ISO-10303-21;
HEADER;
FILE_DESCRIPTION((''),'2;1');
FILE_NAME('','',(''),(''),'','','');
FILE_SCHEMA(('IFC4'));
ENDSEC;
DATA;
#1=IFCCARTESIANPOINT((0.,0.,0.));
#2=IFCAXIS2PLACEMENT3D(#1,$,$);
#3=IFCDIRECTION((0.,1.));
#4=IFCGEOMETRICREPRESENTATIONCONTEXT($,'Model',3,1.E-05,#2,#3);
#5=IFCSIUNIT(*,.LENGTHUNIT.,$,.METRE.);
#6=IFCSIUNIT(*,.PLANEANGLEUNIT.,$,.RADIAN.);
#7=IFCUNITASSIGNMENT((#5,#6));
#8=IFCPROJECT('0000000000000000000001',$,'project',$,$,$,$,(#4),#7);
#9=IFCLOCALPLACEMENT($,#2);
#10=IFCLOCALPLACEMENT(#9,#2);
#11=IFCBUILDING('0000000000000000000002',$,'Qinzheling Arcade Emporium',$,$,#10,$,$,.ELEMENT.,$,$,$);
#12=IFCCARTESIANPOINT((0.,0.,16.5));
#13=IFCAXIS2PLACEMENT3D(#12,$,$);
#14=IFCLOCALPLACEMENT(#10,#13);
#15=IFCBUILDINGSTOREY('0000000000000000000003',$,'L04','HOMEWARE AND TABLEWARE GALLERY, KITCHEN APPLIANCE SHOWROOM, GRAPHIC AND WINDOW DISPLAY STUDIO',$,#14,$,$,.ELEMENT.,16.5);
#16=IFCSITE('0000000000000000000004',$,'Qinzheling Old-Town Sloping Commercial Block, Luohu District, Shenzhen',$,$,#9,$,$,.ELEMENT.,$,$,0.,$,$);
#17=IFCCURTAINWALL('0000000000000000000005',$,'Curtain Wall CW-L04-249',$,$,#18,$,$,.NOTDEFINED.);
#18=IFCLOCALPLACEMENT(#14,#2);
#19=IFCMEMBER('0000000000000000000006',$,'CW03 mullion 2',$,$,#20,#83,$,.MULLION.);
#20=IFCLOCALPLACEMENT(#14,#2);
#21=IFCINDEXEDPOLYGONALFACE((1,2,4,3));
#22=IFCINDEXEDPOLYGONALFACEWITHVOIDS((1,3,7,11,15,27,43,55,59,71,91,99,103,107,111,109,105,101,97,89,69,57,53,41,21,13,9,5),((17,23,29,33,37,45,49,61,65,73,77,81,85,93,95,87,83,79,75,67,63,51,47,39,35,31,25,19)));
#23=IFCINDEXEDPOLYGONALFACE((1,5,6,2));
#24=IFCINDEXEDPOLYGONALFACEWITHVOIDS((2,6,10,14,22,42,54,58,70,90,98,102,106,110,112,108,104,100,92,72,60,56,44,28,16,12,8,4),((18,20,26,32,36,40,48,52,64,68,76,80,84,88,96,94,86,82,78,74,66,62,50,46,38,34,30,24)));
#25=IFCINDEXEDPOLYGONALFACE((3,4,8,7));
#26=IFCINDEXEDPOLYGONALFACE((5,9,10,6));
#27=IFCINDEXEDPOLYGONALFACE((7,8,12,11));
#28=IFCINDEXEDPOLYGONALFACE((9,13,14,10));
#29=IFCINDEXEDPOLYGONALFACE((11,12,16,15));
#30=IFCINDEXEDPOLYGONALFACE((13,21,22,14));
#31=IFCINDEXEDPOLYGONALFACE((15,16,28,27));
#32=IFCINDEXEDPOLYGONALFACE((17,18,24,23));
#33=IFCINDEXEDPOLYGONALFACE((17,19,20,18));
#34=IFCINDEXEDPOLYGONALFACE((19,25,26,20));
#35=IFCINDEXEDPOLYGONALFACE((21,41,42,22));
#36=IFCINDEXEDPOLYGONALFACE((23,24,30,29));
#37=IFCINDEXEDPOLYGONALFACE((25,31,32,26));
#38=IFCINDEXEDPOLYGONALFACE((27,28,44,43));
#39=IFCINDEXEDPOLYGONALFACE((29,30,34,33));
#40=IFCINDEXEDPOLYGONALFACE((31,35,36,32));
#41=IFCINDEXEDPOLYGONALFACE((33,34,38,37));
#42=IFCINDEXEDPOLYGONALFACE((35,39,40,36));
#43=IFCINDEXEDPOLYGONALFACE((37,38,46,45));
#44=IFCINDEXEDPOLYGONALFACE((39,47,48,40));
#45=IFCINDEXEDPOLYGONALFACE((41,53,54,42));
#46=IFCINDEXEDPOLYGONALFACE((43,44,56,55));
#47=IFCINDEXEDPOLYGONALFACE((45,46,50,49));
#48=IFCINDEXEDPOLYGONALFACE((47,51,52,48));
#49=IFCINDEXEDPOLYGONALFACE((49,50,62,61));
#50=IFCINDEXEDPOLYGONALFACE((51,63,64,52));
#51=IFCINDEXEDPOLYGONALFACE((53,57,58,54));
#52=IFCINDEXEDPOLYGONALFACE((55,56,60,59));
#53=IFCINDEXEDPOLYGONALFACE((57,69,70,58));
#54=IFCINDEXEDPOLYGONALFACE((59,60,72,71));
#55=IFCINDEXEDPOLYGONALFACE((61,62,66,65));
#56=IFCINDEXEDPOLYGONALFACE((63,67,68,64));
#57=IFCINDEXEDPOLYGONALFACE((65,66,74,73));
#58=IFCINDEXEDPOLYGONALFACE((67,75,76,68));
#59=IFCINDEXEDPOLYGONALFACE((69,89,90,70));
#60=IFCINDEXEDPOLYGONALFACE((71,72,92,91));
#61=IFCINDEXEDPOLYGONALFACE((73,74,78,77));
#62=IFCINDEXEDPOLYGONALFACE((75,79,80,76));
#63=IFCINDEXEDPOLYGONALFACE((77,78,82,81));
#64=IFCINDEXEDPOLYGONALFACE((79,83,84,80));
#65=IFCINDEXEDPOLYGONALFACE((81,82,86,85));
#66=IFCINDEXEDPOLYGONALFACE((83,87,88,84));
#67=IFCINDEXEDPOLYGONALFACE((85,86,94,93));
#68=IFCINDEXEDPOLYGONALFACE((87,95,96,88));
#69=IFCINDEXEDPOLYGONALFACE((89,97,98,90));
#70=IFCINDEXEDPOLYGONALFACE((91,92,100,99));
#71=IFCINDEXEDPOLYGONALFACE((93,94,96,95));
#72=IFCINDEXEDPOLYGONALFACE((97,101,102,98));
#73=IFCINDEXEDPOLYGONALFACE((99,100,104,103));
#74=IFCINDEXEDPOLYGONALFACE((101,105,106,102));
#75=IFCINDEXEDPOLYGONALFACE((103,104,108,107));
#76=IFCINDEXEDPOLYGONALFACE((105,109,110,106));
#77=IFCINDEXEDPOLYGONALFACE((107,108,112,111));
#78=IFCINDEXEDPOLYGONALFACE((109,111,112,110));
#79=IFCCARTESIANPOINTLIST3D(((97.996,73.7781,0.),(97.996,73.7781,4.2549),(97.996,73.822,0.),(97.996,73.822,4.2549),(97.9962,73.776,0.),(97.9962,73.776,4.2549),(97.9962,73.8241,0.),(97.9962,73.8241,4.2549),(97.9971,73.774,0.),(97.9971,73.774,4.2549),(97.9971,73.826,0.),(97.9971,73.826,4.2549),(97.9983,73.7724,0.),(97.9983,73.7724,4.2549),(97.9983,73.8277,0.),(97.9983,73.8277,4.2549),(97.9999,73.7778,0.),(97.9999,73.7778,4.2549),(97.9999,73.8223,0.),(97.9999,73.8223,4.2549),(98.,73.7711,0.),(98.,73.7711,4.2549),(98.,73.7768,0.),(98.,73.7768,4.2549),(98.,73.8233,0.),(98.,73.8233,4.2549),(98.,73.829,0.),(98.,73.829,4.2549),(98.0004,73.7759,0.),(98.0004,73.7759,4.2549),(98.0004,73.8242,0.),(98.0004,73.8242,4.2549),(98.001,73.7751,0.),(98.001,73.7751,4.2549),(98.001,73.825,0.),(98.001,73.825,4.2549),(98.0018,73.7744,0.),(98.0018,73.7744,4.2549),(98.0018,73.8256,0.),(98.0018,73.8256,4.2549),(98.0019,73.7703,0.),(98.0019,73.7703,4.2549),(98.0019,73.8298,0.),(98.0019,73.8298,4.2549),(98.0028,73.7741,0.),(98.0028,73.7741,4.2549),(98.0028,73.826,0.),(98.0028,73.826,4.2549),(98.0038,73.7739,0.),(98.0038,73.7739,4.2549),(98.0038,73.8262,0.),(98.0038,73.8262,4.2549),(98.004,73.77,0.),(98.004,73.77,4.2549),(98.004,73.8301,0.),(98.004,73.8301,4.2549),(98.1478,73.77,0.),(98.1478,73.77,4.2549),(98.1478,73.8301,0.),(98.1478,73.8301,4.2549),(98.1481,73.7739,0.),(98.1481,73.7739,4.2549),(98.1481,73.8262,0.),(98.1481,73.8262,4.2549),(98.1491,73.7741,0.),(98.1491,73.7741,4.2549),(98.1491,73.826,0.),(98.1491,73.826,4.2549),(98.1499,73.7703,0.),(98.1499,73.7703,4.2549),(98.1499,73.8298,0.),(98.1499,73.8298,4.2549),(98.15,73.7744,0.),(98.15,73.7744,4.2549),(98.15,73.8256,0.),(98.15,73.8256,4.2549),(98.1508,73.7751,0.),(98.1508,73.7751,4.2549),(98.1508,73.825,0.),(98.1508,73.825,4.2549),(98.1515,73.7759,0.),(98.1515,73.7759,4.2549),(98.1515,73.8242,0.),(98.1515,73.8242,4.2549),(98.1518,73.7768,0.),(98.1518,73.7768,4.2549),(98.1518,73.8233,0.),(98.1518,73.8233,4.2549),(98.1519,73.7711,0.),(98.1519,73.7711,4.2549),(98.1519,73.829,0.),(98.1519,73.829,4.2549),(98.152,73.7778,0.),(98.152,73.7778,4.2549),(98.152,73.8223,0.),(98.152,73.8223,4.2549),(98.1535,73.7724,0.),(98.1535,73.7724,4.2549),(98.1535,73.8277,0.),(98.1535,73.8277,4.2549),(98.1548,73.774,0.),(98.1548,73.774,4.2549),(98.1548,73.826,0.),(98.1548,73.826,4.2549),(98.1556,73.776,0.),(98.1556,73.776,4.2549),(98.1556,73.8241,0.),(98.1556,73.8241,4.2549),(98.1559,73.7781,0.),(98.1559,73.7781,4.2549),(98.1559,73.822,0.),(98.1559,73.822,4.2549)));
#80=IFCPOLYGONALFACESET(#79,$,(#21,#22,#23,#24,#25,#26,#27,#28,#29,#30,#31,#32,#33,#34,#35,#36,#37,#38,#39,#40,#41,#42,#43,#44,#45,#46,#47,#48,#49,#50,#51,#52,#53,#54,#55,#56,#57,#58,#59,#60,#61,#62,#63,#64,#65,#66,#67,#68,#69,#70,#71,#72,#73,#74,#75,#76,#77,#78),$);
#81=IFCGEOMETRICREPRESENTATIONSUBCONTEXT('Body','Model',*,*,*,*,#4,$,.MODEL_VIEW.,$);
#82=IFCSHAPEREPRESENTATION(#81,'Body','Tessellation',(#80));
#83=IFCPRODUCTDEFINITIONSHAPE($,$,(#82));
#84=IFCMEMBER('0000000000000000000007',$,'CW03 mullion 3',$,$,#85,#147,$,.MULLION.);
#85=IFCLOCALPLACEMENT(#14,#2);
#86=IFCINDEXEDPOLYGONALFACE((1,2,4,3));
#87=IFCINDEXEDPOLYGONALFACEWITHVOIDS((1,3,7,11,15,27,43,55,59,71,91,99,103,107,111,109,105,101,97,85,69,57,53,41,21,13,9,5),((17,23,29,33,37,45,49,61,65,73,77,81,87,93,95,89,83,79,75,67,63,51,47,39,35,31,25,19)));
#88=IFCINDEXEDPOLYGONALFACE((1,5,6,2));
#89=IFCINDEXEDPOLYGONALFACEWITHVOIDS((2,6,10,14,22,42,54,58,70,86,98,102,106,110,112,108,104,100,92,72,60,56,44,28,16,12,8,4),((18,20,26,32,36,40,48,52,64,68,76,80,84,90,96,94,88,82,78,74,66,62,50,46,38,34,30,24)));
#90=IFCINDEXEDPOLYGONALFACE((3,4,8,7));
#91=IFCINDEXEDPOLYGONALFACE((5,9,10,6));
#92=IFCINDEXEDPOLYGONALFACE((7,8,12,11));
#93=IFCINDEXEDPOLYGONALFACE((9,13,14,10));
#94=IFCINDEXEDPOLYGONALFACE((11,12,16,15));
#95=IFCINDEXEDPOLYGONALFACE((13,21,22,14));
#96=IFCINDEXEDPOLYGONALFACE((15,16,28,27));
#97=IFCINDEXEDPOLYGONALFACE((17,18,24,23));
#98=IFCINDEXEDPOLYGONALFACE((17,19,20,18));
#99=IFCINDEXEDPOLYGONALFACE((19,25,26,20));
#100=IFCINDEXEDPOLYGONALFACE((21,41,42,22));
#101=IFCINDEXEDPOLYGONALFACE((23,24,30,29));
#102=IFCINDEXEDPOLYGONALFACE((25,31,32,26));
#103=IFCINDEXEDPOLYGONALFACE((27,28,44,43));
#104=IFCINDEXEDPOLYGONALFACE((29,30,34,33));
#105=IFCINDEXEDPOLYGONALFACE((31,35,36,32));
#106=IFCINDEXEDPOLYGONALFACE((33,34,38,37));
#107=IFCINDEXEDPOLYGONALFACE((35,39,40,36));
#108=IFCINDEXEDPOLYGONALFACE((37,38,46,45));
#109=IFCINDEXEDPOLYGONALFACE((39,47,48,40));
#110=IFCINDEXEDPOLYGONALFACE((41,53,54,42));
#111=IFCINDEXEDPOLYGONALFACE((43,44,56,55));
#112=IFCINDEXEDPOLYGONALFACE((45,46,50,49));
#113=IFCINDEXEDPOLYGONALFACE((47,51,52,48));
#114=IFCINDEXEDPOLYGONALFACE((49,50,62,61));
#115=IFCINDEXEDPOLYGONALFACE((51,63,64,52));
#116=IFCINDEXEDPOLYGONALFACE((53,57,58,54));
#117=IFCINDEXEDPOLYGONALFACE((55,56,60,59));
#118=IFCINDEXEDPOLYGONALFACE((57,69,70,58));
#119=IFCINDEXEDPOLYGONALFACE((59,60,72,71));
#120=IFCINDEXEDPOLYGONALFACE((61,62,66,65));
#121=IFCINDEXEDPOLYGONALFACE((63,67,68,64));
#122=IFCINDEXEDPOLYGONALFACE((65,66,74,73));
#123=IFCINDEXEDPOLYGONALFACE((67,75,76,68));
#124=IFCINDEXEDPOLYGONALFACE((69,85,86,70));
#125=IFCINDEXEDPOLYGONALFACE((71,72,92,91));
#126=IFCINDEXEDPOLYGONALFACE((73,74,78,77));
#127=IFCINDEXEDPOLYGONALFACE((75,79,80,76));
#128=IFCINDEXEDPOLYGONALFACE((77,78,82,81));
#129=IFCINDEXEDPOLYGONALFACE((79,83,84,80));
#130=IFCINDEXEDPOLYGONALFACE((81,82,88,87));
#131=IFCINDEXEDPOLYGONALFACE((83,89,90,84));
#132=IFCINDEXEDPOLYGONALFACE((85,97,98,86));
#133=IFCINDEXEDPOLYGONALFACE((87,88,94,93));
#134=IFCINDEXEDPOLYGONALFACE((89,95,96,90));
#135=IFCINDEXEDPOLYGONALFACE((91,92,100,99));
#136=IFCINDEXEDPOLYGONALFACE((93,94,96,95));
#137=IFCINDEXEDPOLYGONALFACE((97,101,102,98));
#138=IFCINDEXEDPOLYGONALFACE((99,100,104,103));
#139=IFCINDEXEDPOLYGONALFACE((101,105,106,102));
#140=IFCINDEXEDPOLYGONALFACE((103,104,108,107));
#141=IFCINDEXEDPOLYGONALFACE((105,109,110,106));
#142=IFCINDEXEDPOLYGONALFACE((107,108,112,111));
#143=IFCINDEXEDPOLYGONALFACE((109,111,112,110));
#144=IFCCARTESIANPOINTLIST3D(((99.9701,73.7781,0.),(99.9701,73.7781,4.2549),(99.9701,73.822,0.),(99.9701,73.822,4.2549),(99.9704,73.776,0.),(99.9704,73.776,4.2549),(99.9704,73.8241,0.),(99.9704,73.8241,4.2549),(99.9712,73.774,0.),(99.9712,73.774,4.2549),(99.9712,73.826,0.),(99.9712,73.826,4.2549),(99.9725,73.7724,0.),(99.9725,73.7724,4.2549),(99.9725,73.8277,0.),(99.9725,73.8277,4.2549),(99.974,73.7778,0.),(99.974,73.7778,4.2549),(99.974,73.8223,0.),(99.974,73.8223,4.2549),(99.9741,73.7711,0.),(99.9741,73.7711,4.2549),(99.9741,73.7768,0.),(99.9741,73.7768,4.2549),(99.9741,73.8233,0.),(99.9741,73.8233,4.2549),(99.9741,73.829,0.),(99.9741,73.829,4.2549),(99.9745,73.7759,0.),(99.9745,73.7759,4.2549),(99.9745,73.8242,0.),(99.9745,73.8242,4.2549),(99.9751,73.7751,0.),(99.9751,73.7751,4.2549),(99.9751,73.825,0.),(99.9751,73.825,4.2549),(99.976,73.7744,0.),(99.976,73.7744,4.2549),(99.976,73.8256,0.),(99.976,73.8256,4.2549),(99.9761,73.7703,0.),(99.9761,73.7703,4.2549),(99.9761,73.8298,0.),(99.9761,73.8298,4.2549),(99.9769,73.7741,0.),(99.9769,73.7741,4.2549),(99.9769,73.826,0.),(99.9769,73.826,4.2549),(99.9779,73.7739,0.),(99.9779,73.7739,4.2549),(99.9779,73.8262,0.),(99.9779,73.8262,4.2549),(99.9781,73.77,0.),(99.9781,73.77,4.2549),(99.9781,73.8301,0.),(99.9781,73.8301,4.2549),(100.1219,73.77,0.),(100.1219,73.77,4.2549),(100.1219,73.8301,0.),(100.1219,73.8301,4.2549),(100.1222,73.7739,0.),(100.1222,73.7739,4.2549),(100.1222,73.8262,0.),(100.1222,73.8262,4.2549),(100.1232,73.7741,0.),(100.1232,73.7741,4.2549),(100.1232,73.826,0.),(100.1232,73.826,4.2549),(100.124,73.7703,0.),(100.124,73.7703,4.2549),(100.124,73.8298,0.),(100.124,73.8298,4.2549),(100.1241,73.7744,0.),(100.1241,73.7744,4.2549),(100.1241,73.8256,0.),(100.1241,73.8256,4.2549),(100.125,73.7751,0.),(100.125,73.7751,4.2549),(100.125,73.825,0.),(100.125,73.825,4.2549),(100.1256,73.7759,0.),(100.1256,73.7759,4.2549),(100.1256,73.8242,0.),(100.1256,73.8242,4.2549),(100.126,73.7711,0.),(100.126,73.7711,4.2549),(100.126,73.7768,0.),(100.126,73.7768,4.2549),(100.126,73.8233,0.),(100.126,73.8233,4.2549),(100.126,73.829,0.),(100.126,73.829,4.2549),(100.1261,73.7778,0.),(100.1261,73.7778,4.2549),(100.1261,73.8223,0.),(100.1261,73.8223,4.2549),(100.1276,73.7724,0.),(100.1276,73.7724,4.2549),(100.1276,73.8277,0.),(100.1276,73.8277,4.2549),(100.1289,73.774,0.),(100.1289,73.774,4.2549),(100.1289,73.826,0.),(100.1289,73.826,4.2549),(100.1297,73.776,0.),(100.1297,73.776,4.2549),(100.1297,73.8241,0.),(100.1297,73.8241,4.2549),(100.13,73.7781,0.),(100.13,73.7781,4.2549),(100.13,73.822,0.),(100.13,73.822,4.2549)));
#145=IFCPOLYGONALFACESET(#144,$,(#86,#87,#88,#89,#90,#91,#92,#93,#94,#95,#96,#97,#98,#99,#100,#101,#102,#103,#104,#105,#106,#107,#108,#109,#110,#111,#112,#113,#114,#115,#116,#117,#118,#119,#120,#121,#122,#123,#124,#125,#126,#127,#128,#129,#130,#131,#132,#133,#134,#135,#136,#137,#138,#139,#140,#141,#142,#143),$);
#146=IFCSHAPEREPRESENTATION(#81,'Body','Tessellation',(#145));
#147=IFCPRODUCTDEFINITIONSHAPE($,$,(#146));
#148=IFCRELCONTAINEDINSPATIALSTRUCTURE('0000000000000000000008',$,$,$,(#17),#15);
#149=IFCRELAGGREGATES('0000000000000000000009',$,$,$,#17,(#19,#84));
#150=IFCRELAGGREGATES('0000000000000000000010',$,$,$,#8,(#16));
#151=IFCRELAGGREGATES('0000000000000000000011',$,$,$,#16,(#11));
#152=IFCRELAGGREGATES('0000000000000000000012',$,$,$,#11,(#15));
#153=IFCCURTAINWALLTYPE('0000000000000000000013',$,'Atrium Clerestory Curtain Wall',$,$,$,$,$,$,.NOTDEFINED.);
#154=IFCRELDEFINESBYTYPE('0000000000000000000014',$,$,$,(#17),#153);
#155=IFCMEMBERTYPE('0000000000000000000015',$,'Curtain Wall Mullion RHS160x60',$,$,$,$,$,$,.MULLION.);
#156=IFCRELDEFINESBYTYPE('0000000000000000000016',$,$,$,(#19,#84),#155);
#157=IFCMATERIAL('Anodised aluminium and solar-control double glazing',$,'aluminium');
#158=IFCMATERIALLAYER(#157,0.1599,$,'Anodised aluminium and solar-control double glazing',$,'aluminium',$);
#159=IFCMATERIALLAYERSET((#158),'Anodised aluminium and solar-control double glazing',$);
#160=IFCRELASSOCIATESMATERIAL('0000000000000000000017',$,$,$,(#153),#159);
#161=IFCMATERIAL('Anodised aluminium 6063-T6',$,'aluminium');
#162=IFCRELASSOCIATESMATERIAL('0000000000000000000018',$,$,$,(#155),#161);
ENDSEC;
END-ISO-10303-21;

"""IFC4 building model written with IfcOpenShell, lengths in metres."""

from ifc_helpers import new_model, si_unit, direction, frame, origin, origin_2d, place, context, subcontext, project, spatial, hollow_rectangle, extrude, material, layer, layer_set, material_profile, profile_set, type_object, element, aggregate, save


model = new_model("IFC4")

# Units and contexts
model_context = context("Model", 3, precision=1e-05, world=origin(), true_north=direction((0.0, 1.0)))
body_context = subcontext(model_context, "Body", "Model", "MODEL_VIEW")
ifc_project = project(units=[si_unit("LENGTHUNIT", "METRE"), si_unit("PLANEANGLEUNIT", "RADIAN")], contexts=[model_context])

# Site, building, storey
site_placement = place(None, origin())
site = spatial("IfcSite", under=ifc_project, at=site_placement, Name="Qinzheling Old-Town Sloping Commercial Block, Luohu District, Shenzhen", CompositionType="ELEMENT", RefElevation=0.0)
building_placement = place(site_placement, origin())
building = spatial("IfcBuilding", under=site, at=building_placement, Name="Qinzheling Arcade Emporium", CompositionType="ELEMENT")
storey_placement = place(building_placement, frame((0.0, 0.0, 16.5)))
storey = spatial("IfcBuildingStorey", under=building, at=storey_placement, Name="L04", Description="HOMEWARE AND TABLEWARE GALLERY, KITCHEN APPLIANCE SHOWROOM, GRAPHIC AND WINDOW DISPLAY STUDIO", CompositionType="ELEMENT", Elevation=16.5)

# Shared definitions
ifc_material_1 = material(Name="Anodised aluminium and solar-control double glazing", Category="aluminium")
ifc_layer_1 = layer(ifc_material_1, 0.1599, Name="Anodised aluminium and solar-control double glazing", Category="aluminium")
ifc_layer_set_1 = layer_set([ifc_layer_1], Name="Anodised aluminium and solar-control double glazing")
curtain_wall_type = type_object("IfcCurtainWallType", Name="Atrium Clerestory Curtain Wall", PredefinedType="NOTDEFINED", material=ifc_layer_set_1)
ifc_material_2 = material(Name="Anodised aluminium 6063-T6", Category="aluminium")
ifc_material_profile_1 = material_profile(ifc_material_2, hollow_rectangle(XDim=0.0601, YDim=0.1599, WallThickness=0.0039, InnerFilletRadius=0.0039, OuterFilletRadius=0.0081, at=origin_2d()), Name="RHS 160x60x4", Category="aluminium")
ifc_profile_set_1 = profile_set([ifc_material_profile_1], Name="Anodised aluminium 6063-T6")
member_type_1 = type_object("IfcMemberType", Name="Curtain Wall Mullion RHS160x60", PredefinedType="MULLION", material=ifc_profile_set_1)

# Curtain wall, members
curtain_wall_1_placement = place(storey_placement, origin())
curtain_wall_1 = element("IfcCurtainWall", 1, at=curtain_wall_1_placement, inside=storey, type_object=curtain_wall_type, Name="Curtain Wall CW-L04-249", PredefinedType="NOTDEFINED")
member_1_placement = place(storey_placement, frame((98.0759, 73.8, 0.0), z_axis=(0.0, 0.0, 1.0), x_axis=(0.0, 1.0, 0.0)))
member_1 = element("IfcMember", 2, at=member_1_placement, type_object=member_type_1, Name="CW03 mullion 2", PredefinedType="MULLION", context=body_context, shape_type="SweptSolid", body=[
    extrude(hollow_rectangle(XDim=0.0601, YDim=0.1599, WallThickness=0.0039, InnerFilletRadius=0.0039, OuterFilletRadius=0.0081, at=origin_2d()), origin(), (0.0, 0.0, 1.0), 4.2549),
])
member_2_placement = place(storey_placement, frame((100.05, 73.8, 0.0), z_axis=(0.0, 0.0, 1.0), x_axis=(0.0, 1.0, 0.0)))
member_2 = element("IfcMember", 3, at=member_2_placement, type_object=member_type_1, Name="CW03 mullion 3", PredefinedType="MULLION", context=body_context, shape_type="SweptSolid", body=[
    extrude(hollow_rectangle(XDim=0.0601, YDim=0.1599, WallThickness=0.0039, InnerFilletRadius=0.0039, OuterFilletRadius=0.0081, at=origin_2d()), origin(), (0.0, 0.0, 1.0), 4.2549),
])

aggregate(curtain_wall_1, [member_1, member_2])

save(model, "model.ifc")
